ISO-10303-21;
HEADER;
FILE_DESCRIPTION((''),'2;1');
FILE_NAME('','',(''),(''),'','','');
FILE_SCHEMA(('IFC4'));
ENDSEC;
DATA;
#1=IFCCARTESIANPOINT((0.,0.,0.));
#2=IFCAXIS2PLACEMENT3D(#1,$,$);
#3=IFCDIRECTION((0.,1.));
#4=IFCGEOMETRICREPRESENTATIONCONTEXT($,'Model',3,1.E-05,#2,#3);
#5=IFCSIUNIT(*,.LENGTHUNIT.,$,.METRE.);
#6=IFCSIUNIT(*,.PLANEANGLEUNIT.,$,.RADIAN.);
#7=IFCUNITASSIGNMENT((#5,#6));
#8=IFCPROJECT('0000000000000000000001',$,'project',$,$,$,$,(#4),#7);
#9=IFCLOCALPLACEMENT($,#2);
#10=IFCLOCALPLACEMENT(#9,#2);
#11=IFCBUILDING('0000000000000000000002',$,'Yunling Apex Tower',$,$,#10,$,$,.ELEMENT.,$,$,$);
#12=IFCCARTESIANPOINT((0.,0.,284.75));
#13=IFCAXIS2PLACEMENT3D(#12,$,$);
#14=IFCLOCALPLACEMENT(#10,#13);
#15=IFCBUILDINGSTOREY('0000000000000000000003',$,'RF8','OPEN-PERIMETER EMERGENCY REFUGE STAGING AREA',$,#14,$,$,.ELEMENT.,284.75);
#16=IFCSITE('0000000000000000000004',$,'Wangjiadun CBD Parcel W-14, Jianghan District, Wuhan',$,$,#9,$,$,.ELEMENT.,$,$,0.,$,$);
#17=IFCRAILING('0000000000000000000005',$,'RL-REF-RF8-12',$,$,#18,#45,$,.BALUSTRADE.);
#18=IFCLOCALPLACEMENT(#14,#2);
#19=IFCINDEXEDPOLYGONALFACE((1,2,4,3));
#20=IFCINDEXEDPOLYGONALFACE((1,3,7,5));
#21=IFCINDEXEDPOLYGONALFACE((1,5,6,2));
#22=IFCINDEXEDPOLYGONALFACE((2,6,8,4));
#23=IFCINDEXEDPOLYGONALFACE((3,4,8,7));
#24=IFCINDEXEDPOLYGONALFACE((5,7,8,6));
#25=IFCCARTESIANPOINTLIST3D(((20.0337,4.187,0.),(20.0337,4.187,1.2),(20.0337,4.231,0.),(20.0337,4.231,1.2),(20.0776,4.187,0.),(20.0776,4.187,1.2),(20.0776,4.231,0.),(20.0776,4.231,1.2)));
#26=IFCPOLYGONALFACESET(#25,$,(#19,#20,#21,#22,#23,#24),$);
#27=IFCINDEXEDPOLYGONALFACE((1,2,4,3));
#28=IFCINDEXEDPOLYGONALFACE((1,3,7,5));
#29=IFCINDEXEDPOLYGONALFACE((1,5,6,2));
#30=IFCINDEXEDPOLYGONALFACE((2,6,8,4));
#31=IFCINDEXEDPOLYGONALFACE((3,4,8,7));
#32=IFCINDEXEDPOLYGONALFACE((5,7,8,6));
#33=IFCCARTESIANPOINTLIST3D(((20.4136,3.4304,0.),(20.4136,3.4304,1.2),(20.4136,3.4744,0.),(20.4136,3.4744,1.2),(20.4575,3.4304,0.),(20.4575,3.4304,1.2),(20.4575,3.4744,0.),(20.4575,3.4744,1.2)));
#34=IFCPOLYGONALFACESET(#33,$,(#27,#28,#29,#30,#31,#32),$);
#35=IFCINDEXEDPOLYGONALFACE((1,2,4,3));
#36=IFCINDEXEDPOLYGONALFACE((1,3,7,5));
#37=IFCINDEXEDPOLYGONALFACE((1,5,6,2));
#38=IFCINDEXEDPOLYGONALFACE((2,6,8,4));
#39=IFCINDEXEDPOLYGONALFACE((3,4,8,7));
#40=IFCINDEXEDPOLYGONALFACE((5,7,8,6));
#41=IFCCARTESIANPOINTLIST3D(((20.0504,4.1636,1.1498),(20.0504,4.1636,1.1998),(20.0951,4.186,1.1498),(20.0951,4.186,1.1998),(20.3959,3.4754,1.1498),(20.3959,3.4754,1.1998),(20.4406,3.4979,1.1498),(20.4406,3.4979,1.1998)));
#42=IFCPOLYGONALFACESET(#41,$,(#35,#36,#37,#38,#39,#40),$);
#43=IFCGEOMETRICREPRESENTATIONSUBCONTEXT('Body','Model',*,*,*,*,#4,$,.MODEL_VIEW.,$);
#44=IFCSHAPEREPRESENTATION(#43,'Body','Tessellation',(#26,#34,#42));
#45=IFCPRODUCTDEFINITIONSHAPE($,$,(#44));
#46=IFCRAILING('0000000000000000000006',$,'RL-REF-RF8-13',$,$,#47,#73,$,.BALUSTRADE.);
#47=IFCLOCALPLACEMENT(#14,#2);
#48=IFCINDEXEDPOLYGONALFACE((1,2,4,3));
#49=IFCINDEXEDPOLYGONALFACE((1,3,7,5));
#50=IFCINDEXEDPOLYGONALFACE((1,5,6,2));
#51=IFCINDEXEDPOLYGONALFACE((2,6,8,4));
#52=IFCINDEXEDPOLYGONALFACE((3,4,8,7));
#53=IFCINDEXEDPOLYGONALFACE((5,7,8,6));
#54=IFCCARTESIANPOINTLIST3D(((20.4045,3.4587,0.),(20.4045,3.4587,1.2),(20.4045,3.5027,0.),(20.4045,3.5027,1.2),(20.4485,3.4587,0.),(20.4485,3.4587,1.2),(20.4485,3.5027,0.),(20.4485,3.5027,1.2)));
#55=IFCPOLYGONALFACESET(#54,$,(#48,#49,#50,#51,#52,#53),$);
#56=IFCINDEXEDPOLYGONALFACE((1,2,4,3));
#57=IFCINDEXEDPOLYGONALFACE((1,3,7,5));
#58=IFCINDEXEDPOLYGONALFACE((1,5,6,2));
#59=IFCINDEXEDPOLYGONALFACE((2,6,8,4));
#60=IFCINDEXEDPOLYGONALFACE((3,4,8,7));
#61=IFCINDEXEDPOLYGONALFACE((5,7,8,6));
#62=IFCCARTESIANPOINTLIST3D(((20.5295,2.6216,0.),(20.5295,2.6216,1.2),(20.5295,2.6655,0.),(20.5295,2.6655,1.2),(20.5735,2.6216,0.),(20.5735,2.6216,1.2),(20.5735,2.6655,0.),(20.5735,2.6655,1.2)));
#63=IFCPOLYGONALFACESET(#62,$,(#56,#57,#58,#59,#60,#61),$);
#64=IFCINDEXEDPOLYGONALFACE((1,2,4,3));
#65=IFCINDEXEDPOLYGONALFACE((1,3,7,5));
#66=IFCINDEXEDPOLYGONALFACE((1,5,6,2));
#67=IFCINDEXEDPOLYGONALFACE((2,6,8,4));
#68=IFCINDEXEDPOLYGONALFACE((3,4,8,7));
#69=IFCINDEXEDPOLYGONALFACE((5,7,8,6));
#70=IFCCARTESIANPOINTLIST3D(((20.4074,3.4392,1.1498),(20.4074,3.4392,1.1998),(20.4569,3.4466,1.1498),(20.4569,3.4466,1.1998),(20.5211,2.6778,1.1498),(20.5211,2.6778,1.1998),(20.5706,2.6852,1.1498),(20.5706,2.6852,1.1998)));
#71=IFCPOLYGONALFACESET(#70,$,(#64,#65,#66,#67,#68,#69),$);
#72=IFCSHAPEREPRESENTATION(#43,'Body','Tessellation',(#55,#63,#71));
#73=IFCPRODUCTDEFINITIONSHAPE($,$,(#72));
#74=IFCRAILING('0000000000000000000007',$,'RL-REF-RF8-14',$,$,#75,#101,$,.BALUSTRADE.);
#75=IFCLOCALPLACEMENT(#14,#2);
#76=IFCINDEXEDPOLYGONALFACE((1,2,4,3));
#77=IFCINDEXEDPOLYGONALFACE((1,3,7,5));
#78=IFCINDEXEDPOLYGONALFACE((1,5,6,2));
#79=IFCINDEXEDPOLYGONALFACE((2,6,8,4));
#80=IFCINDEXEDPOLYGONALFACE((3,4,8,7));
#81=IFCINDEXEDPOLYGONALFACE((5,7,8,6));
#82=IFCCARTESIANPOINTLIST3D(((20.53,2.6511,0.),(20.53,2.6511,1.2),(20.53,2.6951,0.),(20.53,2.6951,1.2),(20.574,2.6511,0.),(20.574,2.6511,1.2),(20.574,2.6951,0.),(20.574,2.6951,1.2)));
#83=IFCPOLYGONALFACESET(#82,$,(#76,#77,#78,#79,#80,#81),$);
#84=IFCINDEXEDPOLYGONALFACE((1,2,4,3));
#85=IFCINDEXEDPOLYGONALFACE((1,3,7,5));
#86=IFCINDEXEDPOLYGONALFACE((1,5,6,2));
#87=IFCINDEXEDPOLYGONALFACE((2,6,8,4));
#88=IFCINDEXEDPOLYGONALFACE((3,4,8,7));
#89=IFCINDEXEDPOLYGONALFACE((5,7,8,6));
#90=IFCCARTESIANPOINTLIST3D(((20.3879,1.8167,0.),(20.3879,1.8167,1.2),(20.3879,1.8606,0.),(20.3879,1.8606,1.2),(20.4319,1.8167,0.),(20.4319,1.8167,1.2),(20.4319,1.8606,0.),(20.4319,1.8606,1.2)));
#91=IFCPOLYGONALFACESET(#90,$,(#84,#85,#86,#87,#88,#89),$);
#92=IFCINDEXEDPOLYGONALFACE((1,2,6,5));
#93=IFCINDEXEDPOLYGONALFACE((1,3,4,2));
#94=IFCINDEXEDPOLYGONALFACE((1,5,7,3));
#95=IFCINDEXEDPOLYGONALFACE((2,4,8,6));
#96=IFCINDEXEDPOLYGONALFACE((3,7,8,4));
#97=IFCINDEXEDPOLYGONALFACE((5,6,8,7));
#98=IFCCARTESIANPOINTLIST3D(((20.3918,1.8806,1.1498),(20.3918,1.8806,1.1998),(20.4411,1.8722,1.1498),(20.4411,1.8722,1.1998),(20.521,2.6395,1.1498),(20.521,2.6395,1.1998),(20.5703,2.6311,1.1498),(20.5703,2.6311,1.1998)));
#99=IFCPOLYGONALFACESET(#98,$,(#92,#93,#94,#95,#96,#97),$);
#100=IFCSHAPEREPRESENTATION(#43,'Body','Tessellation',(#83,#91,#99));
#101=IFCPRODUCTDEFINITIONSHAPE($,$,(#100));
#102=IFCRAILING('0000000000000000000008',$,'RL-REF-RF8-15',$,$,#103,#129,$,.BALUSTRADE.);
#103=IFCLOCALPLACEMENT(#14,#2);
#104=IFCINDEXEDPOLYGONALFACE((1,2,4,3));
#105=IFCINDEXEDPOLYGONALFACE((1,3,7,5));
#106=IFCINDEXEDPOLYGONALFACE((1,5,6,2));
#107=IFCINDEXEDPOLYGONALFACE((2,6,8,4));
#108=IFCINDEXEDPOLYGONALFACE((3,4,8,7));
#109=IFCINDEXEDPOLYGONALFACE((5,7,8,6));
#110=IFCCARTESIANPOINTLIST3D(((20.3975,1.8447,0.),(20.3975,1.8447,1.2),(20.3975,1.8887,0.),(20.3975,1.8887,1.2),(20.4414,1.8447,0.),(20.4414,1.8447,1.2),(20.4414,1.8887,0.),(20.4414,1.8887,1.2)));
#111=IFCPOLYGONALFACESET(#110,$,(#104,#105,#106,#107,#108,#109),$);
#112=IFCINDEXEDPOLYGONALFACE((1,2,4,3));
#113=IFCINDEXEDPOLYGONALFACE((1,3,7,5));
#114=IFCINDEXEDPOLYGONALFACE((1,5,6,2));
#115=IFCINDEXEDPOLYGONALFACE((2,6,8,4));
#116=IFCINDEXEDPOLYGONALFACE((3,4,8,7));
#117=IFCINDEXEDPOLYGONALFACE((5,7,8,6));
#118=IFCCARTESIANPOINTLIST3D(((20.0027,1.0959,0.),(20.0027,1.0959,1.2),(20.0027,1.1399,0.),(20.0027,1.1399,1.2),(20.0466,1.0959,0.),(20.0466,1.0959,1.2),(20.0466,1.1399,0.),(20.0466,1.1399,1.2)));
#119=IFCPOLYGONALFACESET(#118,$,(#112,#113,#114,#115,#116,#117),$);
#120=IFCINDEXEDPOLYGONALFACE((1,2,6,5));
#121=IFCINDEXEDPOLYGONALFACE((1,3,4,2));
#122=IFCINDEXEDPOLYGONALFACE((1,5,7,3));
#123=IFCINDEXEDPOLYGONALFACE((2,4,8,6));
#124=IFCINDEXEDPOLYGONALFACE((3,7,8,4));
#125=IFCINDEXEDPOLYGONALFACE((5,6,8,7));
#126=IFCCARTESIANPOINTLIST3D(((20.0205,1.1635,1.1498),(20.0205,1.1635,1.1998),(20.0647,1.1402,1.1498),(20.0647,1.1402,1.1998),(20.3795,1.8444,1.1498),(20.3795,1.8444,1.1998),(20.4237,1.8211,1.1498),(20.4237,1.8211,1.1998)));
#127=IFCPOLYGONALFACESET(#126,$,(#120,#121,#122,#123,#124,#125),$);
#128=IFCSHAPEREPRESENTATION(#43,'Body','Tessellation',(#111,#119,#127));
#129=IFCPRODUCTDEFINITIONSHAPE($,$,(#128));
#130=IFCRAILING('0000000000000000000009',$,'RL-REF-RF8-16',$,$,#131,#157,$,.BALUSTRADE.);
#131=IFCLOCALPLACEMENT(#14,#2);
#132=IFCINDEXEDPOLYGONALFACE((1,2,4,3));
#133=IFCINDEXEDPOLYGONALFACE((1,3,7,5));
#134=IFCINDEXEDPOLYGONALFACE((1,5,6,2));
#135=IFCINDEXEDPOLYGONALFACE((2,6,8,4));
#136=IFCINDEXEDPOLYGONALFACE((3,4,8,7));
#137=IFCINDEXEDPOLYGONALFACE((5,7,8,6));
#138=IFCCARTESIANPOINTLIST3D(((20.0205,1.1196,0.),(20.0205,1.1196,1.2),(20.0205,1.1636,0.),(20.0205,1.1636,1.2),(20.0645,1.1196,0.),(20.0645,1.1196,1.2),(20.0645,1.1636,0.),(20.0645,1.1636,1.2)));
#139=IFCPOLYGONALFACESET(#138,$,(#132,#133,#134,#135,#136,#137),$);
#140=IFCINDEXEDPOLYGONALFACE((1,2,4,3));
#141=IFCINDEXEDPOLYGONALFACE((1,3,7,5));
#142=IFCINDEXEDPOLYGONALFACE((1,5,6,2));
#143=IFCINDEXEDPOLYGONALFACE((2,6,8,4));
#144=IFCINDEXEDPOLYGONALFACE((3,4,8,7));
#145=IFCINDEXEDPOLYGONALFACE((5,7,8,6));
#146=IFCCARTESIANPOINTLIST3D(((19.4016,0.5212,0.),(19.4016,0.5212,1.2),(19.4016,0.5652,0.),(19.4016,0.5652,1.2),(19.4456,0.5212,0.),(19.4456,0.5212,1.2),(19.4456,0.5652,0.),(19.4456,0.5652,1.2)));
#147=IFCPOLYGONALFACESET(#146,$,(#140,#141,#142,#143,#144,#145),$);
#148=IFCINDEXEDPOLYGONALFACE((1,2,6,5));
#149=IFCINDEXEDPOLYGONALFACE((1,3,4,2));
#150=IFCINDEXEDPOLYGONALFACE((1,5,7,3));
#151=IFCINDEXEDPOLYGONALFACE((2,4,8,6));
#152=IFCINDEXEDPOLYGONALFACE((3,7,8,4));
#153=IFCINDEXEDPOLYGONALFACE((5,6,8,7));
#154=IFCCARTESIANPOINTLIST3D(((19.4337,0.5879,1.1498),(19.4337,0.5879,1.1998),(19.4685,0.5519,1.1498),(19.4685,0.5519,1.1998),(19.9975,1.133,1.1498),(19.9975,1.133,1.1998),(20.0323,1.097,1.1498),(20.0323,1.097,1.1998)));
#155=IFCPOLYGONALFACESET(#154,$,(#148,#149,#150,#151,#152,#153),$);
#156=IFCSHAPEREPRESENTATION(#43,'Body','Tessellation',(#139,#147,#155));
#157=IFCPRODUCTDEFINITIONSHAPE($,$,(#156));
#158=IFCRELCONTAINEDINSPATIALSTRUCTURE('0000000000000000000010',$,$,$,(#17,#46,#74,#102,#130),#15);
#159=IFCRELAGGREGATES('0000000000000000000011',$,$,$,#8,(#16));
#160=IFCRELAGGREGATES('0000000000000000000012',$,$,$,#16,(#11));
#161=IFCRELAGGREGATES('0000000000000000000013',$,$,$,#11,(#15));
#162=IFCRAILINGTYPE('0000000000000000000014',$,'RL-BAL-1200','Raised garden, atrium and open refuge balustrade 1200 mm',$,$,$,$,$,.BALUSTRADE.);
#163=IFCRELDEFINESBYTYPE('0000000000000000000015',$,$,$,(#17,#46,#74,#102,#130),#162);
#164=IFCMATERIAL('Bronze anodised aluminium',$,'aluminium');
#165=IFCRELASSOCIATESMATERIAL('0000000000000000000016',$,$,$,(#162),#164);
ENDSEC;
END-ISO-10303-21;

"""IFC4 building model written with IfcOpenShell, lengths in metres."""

from ifc_helpers import new_model, si_unit, direction, frame, origin, origin_2d, place, context, subcontext, project, spatial, rectangle, extrude, material, type_object, element, save


model = new_model("IFC4")

# Units and contexts
model_context = context("Model", 3, precision=1e-05, world=origin(), true_north=direction((0.0, 1.0)))
body_context = subcontext(model_context, "Body", "Model", "MODEL_VIEW")
ifc_project = project(units=[si_unit("LENGTHUNIT", "METRE"), si_unit("PLANEANGLEUNIT", "RADIAN")], contexts=[model_context])

# Site, building, storey
site_placement = place(None, origin())
site = spatial("IfcSite", under=ifc_project, at=site_placement, Name="Wangjiadun CBD Parcel W-14, Jianghan District, Wuhan", CompositionType="ELEMENT", RefElevation=0.0)
building_placement = place(site_placement, origin())
building = spatial("IfcBuilding", under=site, at=building_placement, Name="Yunling Apex Tower", CompositionType="ELEMENT")
storey_placement = place(building_placement, frame((0.0, 0.0, 284.75)))
storey = spatial("IfcBuildingStorey", under=building, at=storey_placement, Name="RF8", Description="OPEN-PERIMETER EMERGENCY REFUGE STAGING AREA", CompositionType="ELEMENT", Elevation=284.75)

# Railings
ifc_material_1 = material(Name="Bronze anodised aluminium", Category="aluminium")
railing_type = type_object("IfcRailingType", Name="RL-BAL-1200", Description="Raised garden, atrium and open refuge balustrade 1200 mm", PredefinedType="BALUSTRADE", material=ifc_material_1)
railing_1_placement = place(storey_placement, frame((20.0557, 4.209, 0.0)))
element("IfcRailing", 1, at=railing_1_placement, inside=storey, type_object=railing_type, Name="RL-REF-RF8-12", PredefinedType="BALUSTRADE", context=body_context, shape_type="SweptSolid", body=[
    extrude(rectangle(XDim=0.0439, YDim=0.0439, at=origin_2d()), origin(), (0.0, 0.0, 1.0), 1.2),
    extrude(rectangle(XDim=0.0439, YDim=0.0439, at=origin_2d()), frame((0.3799, -0.7566, 0.0)), (0.0, 0.0, 1.0), 1.2),
    extrude(rectangle(XDim=0.05, YDim=0.05, at=origin_2d()), frame((0.0171, -0.0342, 1.1748), z_axis=(0.448713, -0.893676, 0.0), x_axis=(0.893676, 0.448713, 0.0)), (0.0, 0.0, 1.0), 0.77),
])
railing_2_placement = place(storey_placement, frame((20.4265, 3.4807, 0.0)))
element("IfcRailing", 2, at=railing_2_placement, inside=storey, type_object=railing_type, Name="RL-REF-RF8-13", PredefinedType="BALUSTRADE", context=body_context, shape_type="SweptSolid", body=[
    extrude(rectangle(XDim=0.0439, YDim=0.0439, at=origin_2d()), origin(), (0.0, 0.0, 1.0), 1.2),
    extrude(rectangle(XDim=0.0439, YDim=0.0439, at=origin_2d()), frame((0.125, -0.8372, 0.0)), (0.0, 0.0, 1.0), 1.2),
    extrude(rectangle(XDim=0.05, YDim=0.05, at=origin_2d()), frame((0.0056, -0.0378, 1.1748), z_axis=(0.147678, -0.989036, 0.0), x_axis=(0.989036, 0.147678, 0.0)), (0.0, 0.0, 1.0), 0.7698),
])
railing_3_placement = place(storey_placement, frame((20.552, 2.6731, 0.0)))
element("IfcRailing", 3, at=railing_3_placement, inside=storey, type_object=railing_type, Name="RL-REF-RF8-14", PredefinedType="BALUSTRADE", context=body_context, shape_type="SweptSolid", body=[
    extrude(rectangle(XDim=0.0439, YDim=0.0439, at=origin_2d()), origin(), (0.0, 0.0, 1.0), 1.2),
    extrude(rectangle(XDim=0.0439, YDim=0.0439, at=origin_2d()), frame((-0.1421, -0.8345, 0.0)), (0.0, 0.0, 1.0), 1.2),
    extrude(rectangle(XDim=0.05, YDim=0.05, at=origin_2d()), frame((-0.0063, -0.0378, 1.1748), z_axis=(-0.167859, -0.985811, 0.0), x_axis=(0.985811, -0.167859, 0.0)), (0.0, 0.0, 1.0), 0.7698),
])
railing_4_placement = place(storey_placement, frame((20.4194, 1.8667, 0.0)))
element("IfcRailing", 4, at=railing_4_placement, inside=storey, type_object=railing_type, Name="RL-REF-RF8-15", PredefinedType="BALUSTRADE", context=body_context, shape_type="SweptSolid", body=[
    extrude(rectangle(XDim=0.0439, YDim=0.0439, at=origin_2d()), origin(), (0.0, 0.0, 1.0), 1.2),
    extrude(rectangle(XDim=0.0439, YDim=0.0439, at=origin_2d()), frame((-0.3948, -0.7488, 0.0)), (0.0, 0.0, 1.0), 1.2),
    extrude(rectangle(XDim=0.05, YDim=0.05, at=origin_2d()), frame((-0.0178, -0.0339, 1.1748), z_axis=(-0.466376, -0.884586, 0.0), x_axis=(0.884586, -0.466376, 0.0)), (0.0, 0.0, 1.0), 0.7698),
])
railing_5_placement = place(storey_placement, frame((20.0425, 1.1416, 0.0)))
element("IfcRailing", 5, at=railing_5_placement, inside=storey, type_object=railing_type, Name="RL-REF-RF8-16", PredefinedType="BALUSTRADE", context=body_context, shape_type="SweptSolid", body=[
    extrude(rectangle(XDim=0.0439, YDim=0.0439, at=origin_2d()), origin(), (0.0, 0.0, 1.0), 1.2),
    extrude(rectangle(XDim=0.0439, YDim=0.0439, at=origin_2d()), frame((-0.6189, -0.5984, 0.0)), (0.0, 0.0, 1.0), 1.2),
    extrude(rectangle(XDim=0.05, YDim=0.05, at=origin_2d()), frame((-0.0276, -0.0266, 1.1748), z_axis=(-0.718918, -0.695095, 0.0), x_axis=(0.695095, -0.718918, 0.0)), (0.0, 0.0, 1.0), 0.7842),
])

save(model, "model.ifc")
